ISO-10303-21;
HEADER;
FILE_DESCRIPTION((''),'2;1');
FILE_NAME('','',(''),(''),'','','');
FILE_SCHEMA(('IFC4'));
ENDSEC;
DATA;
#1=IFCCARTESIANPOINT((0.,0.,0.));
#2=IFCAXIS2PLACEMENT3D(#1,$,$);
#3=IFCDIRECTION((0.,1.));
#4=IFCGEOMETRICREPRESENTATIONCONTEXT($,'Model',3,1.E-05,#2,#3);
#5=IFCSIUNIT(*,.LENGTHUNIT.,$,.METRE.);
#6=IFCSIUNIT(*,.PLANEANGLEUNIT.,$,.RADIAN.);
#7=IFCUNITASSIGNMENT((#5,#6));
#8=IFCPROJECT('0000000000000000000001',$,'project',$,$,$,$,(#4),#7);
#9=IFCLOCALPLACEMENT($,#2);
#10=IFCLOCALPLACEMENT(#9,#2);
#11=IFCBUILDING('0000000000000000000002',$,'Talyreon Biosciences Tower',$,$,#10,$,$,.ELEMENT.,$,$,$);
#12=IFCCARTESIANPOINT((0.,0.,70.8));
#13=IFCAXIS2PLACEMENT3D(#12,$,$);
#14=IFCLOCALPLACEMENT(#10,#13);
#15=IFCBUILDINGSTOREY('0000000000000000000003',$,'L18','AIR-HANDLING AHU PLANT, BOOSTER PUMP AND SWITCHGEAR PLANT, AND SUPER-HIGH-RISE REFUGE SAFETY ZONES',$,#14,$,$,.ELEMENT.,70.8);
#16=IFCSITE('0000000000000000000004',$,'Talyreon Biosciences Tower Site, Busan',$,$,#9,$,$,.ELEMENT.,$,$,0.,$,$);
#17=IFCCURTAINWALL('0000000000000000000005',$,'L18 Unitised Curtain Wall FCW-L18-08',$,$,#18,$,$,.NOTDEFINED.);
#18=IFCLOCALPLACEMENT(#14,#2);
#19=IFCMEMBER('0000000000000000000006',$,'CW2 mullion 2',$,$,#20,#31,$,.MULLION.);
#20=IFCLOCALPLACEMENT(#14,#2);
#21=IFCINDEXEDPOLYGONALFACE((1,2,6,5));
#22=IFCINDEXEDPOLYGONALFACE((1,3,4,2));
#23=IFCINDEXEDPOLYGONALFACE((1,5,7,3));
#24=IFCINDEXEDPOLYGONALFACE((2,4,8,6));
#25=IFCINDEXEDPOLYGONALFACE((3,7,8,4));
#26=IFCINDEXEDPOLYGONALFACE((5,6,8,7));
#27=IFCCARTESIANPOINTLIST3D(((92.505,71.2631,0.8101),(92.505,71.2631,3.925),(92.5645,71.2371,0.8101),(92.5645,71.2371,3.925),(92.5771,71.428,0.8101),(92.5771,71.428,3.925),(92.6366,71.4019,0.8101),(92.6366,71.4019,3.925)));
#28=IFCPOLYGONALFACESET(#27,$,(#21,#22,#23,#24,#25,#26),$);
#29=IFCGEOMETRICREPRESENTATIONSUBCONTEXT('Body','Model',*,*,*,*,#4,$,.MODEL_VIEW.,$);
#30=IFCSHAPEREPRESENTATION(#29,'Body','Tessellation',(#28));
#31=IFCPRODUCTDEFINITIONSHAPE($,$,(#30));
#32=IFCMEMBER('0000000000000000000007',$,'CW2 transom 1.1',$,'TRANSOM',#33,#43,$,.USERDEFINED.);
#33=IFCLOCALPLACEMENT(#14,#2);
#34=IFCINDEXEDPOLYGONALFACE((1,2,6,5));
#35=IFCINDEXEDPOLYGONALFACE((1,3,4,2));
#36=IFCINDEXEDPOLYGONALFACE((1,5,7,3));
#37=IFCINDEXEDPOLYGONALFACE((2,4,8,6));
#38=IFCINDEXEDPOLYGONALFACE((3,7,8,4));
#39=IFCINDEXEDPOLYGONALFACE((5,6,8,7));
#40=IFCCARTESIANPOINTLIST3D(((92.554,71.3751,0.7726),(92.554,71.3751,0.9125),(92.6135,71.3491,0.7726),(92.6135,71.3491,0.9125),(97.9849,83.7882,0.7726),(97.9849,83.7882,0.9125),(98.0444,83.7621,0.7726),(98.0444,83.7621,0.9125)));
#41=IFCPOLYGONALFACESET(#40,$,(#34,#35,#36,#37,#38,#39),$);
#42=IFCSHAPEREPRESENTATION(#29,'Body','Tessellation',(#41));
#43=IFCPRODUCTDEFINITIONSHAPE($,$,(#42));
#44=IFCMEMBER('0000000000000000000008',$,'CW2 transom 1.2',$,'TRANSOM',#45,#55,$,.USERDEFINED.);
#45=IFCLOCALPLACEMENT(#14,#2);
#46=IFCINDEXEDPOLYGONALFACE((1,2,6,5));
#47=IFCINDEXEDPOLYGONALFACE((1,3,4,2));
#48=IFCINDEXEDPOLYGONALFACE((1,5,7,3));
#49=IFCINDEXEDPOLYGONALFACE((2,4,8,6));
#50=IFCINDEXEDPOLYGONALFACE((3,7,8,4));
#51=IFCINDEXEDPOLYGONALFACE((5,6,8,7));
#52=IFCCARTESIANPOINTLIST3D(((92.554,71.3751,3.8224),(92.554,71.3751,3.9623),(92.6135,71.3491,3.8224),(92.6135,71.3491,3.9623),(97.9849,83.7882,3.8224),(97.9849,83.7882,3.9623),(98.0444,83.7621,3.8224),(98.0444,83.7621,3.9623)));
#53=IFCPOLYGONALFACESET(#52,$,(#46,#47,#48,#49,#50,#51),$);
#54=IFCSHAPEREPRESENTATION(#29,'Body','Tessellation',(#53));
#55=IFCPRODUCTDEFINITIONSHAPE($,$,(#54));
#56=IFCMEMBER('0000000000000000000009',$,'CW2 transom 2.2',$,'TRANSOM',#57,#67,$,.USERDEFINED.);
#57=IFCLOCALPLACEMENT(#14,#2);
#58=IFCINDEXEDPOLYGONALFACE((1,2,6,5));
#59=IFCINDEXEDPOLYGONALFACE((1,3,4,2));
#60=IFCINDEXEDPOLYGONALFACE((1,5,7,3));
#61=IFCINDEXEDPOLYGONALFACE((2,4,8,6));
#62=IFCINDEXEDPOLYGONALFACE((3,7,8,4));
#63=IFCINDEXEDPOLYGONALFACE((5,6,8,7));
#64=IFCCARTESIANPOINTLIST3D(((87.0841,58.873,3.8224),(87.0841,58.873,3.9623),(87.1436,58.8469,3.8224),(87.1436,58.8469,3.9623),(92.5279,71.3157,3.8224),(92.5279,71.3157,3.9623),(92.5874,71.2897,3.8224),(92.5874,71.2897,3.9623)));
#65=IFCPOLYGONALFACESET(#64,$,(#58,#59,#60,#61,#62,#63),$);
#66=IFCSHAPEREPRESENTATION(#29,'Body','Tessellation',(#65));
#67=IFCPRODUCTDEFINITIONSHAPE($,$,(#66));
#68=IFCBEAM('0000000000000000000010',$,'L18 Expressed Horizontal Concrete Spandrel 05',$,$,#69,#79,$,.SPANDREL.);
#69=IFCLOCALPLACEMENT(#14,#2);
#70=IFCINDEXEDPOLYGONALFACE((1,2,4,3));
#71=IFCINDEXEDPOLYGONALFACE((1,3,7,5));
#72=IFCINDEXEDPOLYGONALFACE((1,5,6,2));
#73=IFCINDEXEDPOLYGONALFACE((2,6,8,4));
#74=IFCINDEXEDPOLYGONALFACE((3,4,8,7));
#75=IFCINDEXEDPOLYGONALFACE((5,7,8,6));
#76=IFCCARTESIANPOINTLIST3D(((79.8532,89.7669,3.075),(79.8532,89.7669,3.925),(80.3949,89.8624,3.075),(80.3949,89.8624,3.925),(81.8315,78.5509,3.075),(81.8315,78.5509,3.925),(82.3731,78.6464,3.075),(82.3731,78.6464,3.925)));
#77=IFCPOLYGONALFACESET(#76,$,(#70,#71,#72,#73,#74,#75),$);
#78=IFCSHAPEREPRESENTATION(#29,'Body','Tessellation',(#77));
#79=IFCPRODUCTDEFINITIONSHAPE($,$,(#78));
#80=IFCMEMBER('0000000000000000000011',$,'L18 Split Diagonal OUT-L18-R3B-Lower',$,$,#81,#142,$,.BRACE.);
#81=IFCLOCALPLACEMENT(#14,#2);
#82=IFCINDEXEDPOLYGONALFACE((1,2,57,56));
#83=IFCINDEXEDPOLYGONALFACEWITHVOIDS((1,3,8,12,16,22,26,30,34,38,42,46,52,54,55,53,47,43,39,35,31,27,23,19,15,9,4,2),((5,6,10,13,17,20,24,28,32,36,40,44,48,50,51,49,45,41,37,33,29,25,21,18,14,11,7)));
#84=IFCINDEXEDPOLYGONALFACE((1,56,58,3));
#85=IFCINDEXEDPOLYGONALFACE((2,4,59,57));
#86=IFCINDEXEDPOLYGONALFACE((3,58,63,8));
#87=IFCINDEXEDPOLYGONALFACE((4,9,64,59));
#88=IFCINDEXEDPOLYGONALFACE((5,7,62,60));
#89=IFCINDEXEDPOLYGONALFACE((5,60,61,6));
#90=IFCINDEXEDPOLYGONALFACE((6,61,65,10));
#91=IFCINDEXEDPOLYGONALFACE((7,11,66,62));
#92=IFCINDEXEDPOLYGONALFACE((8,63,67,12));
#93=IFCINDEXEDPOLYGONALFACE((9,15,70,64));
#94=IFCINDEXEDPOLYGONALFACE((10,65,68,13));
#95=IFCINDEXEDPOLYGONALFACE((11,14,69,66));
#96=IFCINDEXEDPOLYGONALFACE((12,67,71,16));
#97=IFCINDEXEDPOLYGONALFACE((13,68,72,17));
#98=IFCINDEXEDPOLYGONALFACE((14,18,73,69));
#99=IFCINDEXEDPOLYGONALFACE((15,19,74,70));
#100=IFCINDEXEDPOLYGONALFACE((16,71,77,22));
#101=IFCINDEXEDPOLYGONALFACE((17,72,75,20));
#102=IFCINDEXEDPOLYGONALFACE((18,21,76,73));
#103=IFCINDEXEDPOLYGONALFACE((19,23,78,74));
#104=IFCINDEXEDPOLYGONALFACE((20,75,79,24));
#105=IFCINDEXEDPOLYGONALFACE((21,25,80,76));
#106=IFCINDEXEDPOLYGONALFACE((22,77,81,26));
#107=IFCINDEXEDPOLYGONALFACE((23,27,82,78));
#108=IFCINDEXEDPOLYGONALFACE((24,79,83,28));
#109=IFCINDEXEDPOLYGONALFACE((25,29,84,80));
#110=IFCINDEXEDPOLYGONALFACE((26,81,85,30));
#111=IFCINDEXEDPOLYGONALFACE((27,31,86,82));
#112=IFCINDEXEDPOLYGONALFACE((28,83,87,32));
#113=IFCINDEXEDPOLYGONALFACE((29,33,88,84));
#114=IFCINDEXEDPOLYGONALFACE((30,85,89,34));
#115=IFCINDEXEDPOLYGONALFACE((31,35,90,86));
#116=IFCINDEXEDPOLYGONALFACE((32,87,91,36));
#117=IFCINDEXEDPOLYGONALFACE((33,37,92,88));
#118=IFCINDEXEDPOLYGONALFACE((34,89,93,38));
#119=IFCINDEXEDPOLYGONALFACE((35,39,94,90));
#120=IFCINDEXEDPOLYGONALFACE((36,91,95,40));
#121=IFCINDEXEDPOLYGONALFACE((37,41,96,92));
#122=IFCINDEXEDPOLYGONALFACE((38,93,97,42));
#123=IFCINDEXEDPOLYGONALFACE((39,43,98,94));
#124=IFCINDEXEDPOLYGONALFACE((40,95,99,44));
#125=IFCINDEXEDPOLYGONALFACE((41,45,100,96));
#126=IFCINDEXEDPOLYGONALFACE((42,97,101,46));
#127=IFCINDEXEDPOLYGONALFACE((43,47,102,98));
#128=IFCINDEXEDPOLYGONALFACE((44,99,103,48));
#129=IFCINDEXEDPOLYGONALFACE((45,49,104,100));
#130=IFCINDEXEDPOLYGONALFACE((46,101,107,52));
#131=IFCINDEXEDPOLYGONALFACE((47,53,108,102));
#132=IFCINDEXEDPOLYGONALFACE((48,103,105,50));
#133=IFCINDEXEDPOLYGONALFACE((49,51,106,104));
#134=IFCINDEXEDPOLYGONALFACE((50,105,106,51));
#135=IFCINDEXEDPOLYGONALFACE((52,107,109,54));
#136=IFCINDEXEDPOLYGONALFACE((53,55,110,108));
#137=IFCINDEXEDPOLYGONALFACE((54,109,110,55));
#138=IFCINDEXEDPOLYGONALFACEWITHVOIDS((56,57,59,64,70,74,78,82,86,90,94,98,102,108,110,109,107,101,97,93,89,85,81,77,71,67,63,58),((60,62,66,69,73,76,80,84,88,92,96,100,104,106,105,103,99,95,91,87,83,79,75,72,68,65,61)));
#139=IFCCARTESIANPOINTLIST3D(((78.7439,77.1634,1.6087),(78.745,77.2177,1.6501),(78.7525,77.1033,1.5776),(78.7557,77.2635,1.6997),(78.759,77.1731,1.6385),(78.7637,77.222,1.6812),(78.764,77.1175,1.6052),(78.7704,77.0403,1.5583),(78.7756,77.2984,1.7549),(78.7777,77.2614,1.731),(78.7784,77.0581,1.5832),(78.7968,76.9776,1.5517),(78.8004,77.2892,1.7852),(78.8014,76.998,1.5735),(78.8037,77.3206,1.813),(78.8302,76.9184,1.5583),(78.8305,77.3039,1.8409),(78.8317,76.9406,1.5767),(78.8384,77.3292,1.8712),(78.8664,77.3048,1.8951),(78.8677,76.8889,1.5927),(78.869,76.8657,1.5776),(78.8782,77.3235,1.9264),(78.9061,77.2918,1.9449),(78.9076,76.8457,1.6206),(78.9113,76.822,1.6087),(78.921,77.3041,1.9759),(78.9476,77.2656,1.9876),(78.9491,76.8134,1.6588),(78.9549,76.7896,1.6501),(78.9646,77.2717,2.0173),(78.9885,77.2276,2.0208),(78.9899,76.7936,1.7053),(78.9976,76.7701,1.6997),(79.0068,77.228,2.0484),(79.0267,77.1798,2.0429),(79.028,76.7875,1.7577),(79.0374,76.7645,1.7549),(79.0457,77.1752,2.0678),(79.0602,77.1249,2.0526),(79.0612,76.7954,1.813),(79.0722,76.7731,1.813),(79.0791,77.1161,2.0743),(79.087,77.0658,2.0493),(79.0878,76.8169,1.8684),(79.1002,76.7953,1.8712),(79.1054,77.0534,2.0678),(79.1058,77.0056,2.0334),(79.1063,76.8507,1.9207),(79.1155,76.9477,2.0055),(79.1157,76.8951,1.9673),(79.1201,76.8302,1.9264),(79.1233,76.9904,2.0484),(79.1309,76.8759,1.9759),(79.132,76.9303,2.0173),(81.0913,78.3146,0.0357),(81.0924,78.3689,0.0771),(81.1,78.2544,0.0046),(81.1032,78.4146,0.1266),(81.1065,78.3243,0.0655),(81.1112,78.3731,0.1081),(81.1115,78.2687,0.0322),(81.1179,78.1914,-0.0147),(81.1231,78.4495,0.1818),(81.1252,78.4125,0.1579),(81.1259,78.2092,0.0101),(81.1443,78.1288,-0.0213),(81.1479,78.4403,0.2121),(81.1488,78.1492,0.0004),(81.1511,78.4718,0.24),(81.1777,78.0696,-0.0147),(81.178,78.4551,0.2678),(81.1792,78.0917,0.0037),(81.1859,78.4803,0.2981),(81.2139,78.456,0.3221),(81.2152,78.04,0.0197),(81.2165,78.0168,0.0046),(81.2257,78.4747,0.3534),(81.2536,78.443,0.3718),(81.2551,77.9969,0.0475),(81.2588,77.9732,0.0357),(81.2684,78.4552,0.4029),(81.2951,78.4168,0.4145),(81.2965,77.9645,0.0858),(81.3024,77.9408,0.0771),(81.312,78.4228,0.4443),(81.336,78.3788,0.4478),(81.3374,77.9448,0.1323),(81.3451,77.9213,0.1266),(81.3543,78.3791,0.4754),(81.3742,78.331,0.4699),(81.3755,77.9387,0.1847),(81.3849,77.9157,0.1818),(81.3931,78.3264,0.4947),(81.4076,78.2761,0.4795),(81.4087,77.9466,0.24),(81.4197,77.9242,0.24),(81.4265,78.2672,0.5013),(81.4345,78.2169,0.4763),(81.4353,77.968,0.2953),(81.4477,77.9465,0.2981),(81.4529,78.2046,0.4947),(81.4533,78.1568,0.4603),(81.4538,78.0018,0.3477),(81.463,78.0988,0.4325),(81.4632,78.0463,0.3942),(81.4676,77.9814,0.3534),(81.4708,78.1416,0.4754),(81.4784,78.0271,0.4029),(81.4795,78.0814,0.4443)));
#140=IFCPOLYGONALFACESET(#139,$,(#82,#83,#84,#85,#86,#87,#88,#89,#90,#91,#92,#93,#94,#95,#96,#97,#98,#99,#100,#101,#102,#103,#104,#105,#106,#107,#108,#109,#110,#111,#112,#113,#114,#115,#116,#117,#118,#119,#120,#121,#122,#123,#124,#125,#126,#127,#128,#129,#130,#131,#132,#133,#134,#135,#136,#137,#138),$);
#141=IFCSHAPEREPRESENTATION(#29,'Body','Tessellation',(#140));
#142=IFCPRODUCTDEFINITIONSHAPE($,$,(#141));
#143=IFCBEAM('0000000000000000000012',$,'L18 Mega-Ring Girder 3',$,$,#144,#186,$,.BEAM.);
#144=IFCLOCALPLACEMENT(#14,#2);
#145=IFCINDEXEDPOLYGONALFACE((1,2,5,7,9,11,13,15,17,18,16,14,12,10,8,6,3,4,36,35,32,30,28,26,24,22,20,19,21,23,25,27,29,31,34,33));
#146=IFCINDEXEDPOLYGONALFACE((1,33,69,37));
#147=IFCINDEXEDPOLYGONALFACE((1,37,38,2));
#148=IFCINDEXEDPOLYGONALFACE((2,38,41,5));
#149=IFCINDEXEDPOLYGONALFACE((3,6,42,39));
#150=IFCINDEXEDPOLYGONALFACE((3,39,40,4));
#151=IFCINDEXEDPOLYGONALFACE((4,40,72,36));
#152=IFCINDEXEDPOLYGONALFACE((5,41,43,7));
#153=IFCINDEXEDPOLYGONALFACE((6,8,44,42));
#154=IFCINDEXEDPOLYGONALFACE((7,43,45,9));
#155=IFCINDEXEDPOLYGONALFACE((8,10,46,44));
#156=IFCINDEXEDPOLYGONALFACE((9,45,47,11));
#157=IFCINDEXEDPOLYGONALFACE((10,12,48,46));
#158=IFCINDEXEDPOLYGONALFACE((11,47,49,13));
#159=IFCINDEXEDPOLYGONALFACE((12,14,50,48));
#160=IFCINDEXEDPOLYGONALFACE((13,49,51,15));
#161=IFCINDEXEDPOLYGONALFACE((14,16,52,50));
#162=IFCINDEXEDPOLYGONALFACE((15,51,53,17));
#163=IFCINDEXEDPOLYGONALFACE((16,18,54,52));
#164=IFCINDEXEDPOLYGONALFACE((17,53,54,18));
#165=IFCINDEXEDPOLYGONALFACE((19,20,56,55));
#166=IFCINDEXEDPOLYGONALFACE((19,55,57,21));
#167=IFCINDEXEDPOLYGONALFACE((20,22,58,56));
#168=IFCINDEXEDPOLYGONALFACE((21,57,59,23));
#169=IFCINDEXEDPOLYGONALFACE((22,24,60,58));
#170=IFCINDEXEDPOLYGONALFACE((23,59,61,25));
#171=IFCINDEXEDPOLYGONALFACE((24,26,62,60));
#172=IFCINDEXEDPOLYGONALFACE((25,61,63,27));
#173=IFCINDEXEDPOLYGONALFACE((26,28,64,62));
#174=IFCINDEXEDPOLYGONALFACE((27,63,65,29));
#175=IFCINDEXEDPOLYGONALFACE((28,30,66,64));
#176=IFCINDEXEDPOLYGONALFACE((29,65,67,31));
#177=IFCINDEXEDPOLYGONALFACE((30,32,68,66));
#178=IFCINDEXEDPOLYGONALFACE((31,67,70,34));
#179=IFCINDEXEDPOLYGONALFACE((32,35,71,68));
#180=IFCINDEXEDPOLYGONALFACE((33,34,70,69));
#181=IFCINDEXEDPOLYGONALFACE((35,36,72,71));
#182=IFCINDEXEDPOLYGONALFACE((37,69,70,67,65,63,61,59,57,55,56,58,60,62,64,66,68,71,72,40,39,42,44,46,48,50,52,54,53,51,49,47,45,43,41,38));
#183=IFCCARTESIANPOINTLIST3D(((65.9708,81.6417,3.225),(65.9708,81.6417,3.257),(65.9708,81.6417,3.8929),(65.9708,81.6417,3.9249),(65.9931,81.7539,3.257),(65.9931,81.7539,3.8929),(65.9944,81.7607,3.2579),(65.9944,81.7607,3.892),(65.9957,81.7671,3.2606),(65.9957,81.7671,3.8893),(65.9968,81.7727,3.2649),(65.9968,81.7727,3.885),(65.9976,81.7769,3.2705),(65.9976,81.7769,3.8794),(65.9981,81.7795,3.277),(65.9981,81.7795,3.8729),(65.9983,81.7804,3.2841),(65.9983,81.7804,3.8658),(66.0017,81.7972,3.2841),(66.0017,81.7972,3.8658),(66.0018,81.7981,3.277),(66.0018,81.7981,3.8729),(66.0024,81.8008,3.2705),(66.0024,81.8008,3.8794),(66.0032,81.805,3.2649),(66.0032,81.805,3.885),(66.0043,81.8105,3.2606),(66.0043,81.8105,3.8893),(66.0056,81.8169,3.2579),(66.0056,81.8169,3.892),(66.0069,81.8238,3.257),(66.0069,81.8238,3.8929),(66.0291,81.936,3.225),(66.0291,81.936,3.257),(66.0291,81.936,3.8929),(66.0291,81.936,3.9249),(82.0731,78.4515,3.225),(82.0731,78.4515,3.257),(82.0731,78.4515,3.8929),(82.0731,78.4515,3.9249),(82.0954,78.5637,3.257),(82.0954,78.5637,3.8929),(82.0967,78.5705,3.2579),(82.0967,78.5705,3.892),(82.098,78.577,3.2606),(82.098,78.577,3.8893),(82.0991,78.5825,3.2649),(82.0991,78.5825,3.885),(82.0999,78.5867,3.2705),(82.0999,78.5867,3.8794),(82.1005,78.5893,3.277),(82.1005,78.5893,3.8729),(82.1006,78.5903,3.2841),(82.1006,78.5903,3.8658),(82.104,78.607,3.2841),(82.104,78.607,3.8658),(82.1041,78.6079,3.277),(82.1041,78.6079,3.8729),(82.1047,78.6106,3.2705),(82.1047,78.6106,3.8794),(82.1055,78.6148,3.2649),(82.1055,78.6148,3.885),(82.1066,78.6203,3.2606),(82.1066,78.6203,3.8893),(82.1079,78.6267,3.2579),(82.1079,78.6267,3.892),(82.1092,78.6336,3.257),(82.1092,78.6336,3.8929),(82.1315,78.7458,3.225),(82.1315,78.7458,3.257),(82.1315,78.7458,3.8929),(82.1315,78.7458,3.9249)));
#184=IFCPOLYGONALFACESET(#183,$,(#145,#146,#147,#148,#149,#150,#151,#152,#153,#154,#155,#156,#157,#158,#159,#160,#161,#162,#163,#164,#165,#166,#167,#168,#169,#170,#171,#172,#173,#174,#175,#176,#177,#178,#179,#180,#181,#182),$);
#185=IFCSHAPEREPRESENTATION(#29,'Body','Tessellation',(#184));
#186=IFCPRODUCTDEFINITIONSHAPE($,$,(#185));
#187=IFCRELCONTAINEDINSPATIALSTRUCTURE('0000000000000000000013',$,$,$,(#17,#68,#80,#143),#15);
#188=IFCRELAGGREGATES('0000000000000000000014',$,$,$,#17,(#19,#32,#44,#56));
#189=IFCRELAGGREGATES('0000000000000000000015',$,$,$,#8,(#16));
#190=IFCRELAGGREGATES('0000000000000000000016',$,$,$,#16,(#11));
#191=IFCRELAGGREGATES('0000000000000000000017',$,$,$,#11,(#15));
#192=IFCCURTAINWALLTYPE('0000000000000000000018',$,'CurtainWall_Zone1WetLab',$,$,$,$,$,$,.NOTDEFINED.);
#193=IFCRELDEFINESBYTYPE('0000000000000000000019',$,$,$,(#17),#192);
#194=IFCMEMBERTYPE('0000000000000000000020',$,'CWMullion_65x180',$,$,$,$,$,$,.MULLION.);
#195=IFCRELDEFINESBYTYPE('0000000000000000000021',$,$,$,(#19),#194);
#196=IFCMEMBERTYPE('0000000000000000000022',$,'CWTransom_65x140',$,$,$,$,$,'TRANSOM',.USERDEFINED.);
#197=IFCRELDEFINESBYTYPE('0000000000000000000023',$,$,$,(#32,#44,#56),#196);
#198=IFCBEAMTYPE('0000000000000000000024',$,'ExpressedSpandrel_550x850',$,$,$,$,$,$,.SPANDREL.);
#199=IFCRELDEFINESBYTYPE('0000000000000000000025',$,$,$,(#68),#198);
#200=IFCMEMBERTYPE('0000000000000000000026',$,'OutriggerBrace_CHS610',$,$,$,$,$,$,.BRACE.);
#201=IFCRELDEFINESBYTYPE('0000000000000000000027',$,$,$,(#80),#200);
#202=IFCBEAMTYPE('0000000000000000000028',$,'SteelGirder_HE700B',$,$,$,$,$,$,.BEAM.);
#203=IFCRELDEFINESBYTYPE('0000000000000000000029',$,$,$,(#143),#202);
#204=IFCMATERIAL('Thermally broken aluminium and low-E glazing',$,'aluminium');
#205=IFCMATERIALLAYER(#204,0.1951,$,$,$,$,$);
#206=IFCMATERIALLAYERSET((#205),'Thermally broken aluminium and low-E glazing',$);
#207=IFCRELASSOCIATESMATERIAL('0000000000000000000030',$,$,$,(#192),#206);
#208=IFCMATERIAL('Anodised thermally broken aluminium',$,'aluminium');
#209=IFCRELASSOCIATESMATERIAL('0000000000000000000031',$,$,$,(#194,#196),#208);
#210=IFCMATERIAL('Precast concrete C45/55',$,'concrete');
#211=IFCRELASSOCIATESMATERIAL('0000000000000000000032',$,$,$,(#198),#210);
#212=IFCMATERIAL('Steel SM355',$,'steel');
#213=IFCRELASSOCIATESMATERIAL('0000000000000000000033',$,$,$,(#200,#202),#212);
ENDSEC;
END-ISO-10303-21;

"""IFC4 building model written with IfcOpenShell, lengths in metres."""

from ifc_helpers import new_model, si_unit, direction, frame, origin, origin_2d, place, context, subcontext, project, spatial, rectangle, hollow_circle, i_section, extrude, material, layer, layer_set, material_profile, profile_set, type_object, element, aggregate, save


model = new_model("IFC4")

# Units and contexts
model_context = context("Model", 3, precision=1e-05, world=origin(), true_north=direction((0.0, 1.0)))
body_context = subcontext(model_context, "Body", "Model", "MODEL_VIEW")
ifc_project = project(units=[si_unit("LENGTHUNIT", "METRE"), si_unit("PLANEANGLEUNIT", "RADIAN")], contexts=[model_context])

# Site, building, storey
site_placement = place(None, origin())
site = spatial("IfcSite", under=ifc_project, at=site_placement, Name="Talyreon Biosciences Tower Site, Busan", CompositionType="ELEMENT", RefElevation=0.0)
building_placement = place(site_placement, origin())
building = spatial("IfcBuilding", under=site, at=building_placement, Name="Talyreon Biosciences Tower", CompositionType="ELEMENT")
storey_placement = place(building_placement, frame((0.0, 0.0, 70.8)))
storey = spatial("IfcBuildingStorey", under=building, at=storey_placement, Name="L18", Description="AIR-HANDLING AHU PLANT, BOOSTER PUMP AND SWITCHGEAR PLANT, AND SUPER-HIGH-RISE REFUGE SAFETY ZONES", CompositionType="ELEMENT", Elevation=70.8)

# Shared definitions
ifc_material_1 = material(Name="Steel SM355", Category="steel")

# Shared definitions
ifc_material_2 = material(Name="Thermally broken aluminium and low-E glazing", Category="aluminium")
ifc_layer_1 = layer(ifc_material_2, 0.1951)
ifc_layer_set_1 = layer_set([ifc_layer_1], Name="Thermally broken aluminium and low-E glazing")
curtain_wall_type = type_object("IfcCurtainWallType", Name="CurtainWall_Zone1WetLab", PredefinedType="NOTDEFINED", material=ifc_layer_set_1)
ifc_material_3 = material(Name="Anodised thermally broken aluminium", Category="aluminium")
ifc_material_profile_1 = material_profile(ifc_material_3, rectangle(XDim=0.0649, YDim=0.1799, at=origin_2d()), Name="ALUM MULLION 65x180")
ifc_profile_set_1 = profile_set([ifc_material_profile_1], Name="Anodised thermally broken aluminium")
member_type_1 = type_object("IfcMemberType", Name="CWMullion_65x180", PredefinedType="MULLION", material=ifc_profile_set_1)

# Curtain wall, members
curtain_wall_1_placement = place(storey_placement, origin())
curtain_wall_1 = element("IfcCurtainWall", 1, at=curtain_wall_1_placement, inside=storey, type_object=curtain_wall_type, Name="L18 Unitised Curtain Wall FCW-L18-08", PredefinedType="NOTDEFINED")
member_1_placement = place(storey_placement, frame((92.5708, 71.3325, 0.8101), z_axis=(0.0, 0.0, 1.0), x_axis=(0.916152, -0.400831, 0.0)))
member_1 = element("IfcMember", 2, at=member_1_placement, type_object=member_type_1, Name="CW2 mullion 2", PredefinedType="MULLION", context=body_context, shape_type="SweptSolid", body=[
    extrude(rectangle(XDim=0.0649, YDim=0.1799, at=origin_2d()), origin(), (0.0, 0.0, 1.0), 3.115),
])
ifc_material_profile_2 = material_profile(ifc_material_3, rectangle(XDim=0.0649, YDim=0.1399, at=origin_2d()), Name="ALUM TRANSOM 65x140")
ifc_profile_set_2 = profile_set([ifc_material_profile_2], Name="Anodised thermally broken aluminium")
member_type_2 = type_object("IfcMemberType", Name="CWTransom_65x140", ElementType="TRANSOM", PredefinedType="USERDEFINED", material=ifc_profile_set_2)
member_2_placement = place(storey_placement, frame((98.0146, 83.7751, 0.8425), z_axis=(-0.40083, -0.916152, 0.0), x_axis=(0.916152, -0.40083, 0.0)))
member_2 = element("IfcMember", 3, at=member_2_placement, type_object=member_type_2, Name="CW2 transom 1.1", ObjectType="TRANSOM", PredefinedType="USERDEFINED", context=body_context, shape_type="SweptSolid", body=[
    extrude(rectangle(XDim=0.0649, YDim=0.1399, at=origin_2d()), origin(), (0.0, 0.0, 1.0), 13.5491),
])
member_3_placement = place(storey_placement, frame((98.0146, 83.7751, 3.8923), z_axis=(-0.40083, -0.916152, 0.0), x_axis=(0.916152, -0.40083, 0.0)))
member_3 = element("IfcMember", 4, at=member_3_placement, type_object=member_type_2, Name="CW2 transom 1.2", ObjectType="TRANSOM", PredefinedType="USERDEFINED", context=body_context, shape_type="SweptSolid", body=[
    extrude(rectangle(XDim=0.0649, YDim=0.1399, at=origin_2d()), origin(), (0.0, 0.0, 1.0), 13.5491),
])
member_4_placement = place(storey_placement, frame((92.5576, 71.3027, 3.8923), z_axis=(-0.400824, -0.916155, 0.0), x_axis=(0.916155, -0.400824, 0.0)))
member_4 = element("IfcMember", 5, at=member_4_placement, type_object=member_type_2, Name="CW2 transom 2.2", ObjectType="TRANSOM", PredefinedType="USERDEFINED", context=body_context, shape_type="SweptSolid", body=[
    extrude(rectangle(XDim=0.0649, YDim=0.1399, at=origin_2d()), origin(), (0.0, 0.0, 1.0), 13.5815),
])

# Beam
ifc_material_4 = material(Name="Precast concrete C45/55", Category="concrete")
ifc_material_profile_3 = material_profile(ifc_material_4, rectangle(XDim=0.55, YDim=0.8501, at=origin_2d()), Name="RCB 550x850")
ifc_profile_set_3 = profile_set([ifc_material_profile_3], Name="Precast concrete C45/55")
beam_type_1 = type_object("IfcBeamType", Name="ExpressedSpandrel_550x850", PredefinedType="SPANDREL", material=ifc_profile_set_3)
beam_1_placement = place(storey_placement, frame((82.1023, 78.5986, 3.5), z_axis=(-0.173697, 0.984799, 0.0), x_axis=(-0.984799, -0.173697, 0.0)))
element("IfcBeam", 6, at=beam_1_placement, inside=storey, type_object=beam_type_1, Name="L18 Expressed Horizontal Concrete Spandrel 05", PredefinedType="SPANDREL", context=body_context, shape_type="SweptSolid", body=[
    extrude(rectangle(XDim=0.55, YDim=0.8501, at=origin_2d()), origin(), (0.0, 0.0, 1.0), 11.3892),
])

# Member
ifc_material_profile_4 = material_profile(ifc_material_1, hollow_circle(Radius=0.3049, WallThickness=0.0249, at=origin_2d()), Name="CHS 610x25")
ifc_profile_set_4 = profile_set([ifc_material_profile_4], Name="Steel SM355")
member_type_3 = type_object("IfcMemberType", Name="OutriggerBrace_CHS610", PredefinedType="BRACE", material=ifc_profile_set_4)
member_5_placement = place(storey_placement, frame((81.2854, 78.198, 0.24), z_axis=(-0.769344, -0.37727, 0.515536), x_axis=(0.44029, -0.897856, 0.0)))
element("IfcMember", 7, at=member_5_placement, inside=storey, type_object=member_type_3, Name="L18 Split Diagonal OUT-L18-R3B-Lower", PredefinedType="BRACE", context=body_context, shape_type="SweptSolid", body=[
    extrude(hollow_circle(Radius=0.3049, WallThickness=0.0249, at=origin_2d()), origin(), (0.0, 0.0, 1.0), 3.0513),
])

# Beam
ifc_material_profile_5 = material_profile(ifc_material_1, i_section(OverallWidth=0.3, OverallDepth=0.7, WebThickness=0.0171, FlangeThickness=0.032, FilletRadius=0.0271, at=origin_2d()), Name="HE700B")
ifc_profile_set_5 = profile_set([ifc_material_profile_5], Name="Steel SM355")
beam_type_2 = type_object("IfcBeamType", Name="SteelGirder_HE700B", PredefinedType="BEAM", material=ifc_profile_set_5)
beam_2_placement = place(storey_placement, frame((82.1023, 78.5986, 3.575), z_axis=(-0.980934, 0.194343, 0.0), x_axis=(-0.194343, -0.980934, 0.0)))
element("IfcBeam", 8, at=beam_2_placement, inside=storey, type_object=beam_type_2, Name="L18 Mega-Ring Girder 3", PredefinedType="BEAM", context=body_context, shape_type="SweptSolid", body=[
    extrude(i_section(OverallWidth=0.3, OverallDepth=0.7, WebThickness=0.0171, FlangeThickness=0.032, FilletRadius=0.0271, at=origin_2d()), origin(), (0.0, 0.0, 1.0), 16.4153),
])

aggregate(curtain_wall_1, [member_1, member_2, member_3, member_4])

save(model, "model.ifc")
